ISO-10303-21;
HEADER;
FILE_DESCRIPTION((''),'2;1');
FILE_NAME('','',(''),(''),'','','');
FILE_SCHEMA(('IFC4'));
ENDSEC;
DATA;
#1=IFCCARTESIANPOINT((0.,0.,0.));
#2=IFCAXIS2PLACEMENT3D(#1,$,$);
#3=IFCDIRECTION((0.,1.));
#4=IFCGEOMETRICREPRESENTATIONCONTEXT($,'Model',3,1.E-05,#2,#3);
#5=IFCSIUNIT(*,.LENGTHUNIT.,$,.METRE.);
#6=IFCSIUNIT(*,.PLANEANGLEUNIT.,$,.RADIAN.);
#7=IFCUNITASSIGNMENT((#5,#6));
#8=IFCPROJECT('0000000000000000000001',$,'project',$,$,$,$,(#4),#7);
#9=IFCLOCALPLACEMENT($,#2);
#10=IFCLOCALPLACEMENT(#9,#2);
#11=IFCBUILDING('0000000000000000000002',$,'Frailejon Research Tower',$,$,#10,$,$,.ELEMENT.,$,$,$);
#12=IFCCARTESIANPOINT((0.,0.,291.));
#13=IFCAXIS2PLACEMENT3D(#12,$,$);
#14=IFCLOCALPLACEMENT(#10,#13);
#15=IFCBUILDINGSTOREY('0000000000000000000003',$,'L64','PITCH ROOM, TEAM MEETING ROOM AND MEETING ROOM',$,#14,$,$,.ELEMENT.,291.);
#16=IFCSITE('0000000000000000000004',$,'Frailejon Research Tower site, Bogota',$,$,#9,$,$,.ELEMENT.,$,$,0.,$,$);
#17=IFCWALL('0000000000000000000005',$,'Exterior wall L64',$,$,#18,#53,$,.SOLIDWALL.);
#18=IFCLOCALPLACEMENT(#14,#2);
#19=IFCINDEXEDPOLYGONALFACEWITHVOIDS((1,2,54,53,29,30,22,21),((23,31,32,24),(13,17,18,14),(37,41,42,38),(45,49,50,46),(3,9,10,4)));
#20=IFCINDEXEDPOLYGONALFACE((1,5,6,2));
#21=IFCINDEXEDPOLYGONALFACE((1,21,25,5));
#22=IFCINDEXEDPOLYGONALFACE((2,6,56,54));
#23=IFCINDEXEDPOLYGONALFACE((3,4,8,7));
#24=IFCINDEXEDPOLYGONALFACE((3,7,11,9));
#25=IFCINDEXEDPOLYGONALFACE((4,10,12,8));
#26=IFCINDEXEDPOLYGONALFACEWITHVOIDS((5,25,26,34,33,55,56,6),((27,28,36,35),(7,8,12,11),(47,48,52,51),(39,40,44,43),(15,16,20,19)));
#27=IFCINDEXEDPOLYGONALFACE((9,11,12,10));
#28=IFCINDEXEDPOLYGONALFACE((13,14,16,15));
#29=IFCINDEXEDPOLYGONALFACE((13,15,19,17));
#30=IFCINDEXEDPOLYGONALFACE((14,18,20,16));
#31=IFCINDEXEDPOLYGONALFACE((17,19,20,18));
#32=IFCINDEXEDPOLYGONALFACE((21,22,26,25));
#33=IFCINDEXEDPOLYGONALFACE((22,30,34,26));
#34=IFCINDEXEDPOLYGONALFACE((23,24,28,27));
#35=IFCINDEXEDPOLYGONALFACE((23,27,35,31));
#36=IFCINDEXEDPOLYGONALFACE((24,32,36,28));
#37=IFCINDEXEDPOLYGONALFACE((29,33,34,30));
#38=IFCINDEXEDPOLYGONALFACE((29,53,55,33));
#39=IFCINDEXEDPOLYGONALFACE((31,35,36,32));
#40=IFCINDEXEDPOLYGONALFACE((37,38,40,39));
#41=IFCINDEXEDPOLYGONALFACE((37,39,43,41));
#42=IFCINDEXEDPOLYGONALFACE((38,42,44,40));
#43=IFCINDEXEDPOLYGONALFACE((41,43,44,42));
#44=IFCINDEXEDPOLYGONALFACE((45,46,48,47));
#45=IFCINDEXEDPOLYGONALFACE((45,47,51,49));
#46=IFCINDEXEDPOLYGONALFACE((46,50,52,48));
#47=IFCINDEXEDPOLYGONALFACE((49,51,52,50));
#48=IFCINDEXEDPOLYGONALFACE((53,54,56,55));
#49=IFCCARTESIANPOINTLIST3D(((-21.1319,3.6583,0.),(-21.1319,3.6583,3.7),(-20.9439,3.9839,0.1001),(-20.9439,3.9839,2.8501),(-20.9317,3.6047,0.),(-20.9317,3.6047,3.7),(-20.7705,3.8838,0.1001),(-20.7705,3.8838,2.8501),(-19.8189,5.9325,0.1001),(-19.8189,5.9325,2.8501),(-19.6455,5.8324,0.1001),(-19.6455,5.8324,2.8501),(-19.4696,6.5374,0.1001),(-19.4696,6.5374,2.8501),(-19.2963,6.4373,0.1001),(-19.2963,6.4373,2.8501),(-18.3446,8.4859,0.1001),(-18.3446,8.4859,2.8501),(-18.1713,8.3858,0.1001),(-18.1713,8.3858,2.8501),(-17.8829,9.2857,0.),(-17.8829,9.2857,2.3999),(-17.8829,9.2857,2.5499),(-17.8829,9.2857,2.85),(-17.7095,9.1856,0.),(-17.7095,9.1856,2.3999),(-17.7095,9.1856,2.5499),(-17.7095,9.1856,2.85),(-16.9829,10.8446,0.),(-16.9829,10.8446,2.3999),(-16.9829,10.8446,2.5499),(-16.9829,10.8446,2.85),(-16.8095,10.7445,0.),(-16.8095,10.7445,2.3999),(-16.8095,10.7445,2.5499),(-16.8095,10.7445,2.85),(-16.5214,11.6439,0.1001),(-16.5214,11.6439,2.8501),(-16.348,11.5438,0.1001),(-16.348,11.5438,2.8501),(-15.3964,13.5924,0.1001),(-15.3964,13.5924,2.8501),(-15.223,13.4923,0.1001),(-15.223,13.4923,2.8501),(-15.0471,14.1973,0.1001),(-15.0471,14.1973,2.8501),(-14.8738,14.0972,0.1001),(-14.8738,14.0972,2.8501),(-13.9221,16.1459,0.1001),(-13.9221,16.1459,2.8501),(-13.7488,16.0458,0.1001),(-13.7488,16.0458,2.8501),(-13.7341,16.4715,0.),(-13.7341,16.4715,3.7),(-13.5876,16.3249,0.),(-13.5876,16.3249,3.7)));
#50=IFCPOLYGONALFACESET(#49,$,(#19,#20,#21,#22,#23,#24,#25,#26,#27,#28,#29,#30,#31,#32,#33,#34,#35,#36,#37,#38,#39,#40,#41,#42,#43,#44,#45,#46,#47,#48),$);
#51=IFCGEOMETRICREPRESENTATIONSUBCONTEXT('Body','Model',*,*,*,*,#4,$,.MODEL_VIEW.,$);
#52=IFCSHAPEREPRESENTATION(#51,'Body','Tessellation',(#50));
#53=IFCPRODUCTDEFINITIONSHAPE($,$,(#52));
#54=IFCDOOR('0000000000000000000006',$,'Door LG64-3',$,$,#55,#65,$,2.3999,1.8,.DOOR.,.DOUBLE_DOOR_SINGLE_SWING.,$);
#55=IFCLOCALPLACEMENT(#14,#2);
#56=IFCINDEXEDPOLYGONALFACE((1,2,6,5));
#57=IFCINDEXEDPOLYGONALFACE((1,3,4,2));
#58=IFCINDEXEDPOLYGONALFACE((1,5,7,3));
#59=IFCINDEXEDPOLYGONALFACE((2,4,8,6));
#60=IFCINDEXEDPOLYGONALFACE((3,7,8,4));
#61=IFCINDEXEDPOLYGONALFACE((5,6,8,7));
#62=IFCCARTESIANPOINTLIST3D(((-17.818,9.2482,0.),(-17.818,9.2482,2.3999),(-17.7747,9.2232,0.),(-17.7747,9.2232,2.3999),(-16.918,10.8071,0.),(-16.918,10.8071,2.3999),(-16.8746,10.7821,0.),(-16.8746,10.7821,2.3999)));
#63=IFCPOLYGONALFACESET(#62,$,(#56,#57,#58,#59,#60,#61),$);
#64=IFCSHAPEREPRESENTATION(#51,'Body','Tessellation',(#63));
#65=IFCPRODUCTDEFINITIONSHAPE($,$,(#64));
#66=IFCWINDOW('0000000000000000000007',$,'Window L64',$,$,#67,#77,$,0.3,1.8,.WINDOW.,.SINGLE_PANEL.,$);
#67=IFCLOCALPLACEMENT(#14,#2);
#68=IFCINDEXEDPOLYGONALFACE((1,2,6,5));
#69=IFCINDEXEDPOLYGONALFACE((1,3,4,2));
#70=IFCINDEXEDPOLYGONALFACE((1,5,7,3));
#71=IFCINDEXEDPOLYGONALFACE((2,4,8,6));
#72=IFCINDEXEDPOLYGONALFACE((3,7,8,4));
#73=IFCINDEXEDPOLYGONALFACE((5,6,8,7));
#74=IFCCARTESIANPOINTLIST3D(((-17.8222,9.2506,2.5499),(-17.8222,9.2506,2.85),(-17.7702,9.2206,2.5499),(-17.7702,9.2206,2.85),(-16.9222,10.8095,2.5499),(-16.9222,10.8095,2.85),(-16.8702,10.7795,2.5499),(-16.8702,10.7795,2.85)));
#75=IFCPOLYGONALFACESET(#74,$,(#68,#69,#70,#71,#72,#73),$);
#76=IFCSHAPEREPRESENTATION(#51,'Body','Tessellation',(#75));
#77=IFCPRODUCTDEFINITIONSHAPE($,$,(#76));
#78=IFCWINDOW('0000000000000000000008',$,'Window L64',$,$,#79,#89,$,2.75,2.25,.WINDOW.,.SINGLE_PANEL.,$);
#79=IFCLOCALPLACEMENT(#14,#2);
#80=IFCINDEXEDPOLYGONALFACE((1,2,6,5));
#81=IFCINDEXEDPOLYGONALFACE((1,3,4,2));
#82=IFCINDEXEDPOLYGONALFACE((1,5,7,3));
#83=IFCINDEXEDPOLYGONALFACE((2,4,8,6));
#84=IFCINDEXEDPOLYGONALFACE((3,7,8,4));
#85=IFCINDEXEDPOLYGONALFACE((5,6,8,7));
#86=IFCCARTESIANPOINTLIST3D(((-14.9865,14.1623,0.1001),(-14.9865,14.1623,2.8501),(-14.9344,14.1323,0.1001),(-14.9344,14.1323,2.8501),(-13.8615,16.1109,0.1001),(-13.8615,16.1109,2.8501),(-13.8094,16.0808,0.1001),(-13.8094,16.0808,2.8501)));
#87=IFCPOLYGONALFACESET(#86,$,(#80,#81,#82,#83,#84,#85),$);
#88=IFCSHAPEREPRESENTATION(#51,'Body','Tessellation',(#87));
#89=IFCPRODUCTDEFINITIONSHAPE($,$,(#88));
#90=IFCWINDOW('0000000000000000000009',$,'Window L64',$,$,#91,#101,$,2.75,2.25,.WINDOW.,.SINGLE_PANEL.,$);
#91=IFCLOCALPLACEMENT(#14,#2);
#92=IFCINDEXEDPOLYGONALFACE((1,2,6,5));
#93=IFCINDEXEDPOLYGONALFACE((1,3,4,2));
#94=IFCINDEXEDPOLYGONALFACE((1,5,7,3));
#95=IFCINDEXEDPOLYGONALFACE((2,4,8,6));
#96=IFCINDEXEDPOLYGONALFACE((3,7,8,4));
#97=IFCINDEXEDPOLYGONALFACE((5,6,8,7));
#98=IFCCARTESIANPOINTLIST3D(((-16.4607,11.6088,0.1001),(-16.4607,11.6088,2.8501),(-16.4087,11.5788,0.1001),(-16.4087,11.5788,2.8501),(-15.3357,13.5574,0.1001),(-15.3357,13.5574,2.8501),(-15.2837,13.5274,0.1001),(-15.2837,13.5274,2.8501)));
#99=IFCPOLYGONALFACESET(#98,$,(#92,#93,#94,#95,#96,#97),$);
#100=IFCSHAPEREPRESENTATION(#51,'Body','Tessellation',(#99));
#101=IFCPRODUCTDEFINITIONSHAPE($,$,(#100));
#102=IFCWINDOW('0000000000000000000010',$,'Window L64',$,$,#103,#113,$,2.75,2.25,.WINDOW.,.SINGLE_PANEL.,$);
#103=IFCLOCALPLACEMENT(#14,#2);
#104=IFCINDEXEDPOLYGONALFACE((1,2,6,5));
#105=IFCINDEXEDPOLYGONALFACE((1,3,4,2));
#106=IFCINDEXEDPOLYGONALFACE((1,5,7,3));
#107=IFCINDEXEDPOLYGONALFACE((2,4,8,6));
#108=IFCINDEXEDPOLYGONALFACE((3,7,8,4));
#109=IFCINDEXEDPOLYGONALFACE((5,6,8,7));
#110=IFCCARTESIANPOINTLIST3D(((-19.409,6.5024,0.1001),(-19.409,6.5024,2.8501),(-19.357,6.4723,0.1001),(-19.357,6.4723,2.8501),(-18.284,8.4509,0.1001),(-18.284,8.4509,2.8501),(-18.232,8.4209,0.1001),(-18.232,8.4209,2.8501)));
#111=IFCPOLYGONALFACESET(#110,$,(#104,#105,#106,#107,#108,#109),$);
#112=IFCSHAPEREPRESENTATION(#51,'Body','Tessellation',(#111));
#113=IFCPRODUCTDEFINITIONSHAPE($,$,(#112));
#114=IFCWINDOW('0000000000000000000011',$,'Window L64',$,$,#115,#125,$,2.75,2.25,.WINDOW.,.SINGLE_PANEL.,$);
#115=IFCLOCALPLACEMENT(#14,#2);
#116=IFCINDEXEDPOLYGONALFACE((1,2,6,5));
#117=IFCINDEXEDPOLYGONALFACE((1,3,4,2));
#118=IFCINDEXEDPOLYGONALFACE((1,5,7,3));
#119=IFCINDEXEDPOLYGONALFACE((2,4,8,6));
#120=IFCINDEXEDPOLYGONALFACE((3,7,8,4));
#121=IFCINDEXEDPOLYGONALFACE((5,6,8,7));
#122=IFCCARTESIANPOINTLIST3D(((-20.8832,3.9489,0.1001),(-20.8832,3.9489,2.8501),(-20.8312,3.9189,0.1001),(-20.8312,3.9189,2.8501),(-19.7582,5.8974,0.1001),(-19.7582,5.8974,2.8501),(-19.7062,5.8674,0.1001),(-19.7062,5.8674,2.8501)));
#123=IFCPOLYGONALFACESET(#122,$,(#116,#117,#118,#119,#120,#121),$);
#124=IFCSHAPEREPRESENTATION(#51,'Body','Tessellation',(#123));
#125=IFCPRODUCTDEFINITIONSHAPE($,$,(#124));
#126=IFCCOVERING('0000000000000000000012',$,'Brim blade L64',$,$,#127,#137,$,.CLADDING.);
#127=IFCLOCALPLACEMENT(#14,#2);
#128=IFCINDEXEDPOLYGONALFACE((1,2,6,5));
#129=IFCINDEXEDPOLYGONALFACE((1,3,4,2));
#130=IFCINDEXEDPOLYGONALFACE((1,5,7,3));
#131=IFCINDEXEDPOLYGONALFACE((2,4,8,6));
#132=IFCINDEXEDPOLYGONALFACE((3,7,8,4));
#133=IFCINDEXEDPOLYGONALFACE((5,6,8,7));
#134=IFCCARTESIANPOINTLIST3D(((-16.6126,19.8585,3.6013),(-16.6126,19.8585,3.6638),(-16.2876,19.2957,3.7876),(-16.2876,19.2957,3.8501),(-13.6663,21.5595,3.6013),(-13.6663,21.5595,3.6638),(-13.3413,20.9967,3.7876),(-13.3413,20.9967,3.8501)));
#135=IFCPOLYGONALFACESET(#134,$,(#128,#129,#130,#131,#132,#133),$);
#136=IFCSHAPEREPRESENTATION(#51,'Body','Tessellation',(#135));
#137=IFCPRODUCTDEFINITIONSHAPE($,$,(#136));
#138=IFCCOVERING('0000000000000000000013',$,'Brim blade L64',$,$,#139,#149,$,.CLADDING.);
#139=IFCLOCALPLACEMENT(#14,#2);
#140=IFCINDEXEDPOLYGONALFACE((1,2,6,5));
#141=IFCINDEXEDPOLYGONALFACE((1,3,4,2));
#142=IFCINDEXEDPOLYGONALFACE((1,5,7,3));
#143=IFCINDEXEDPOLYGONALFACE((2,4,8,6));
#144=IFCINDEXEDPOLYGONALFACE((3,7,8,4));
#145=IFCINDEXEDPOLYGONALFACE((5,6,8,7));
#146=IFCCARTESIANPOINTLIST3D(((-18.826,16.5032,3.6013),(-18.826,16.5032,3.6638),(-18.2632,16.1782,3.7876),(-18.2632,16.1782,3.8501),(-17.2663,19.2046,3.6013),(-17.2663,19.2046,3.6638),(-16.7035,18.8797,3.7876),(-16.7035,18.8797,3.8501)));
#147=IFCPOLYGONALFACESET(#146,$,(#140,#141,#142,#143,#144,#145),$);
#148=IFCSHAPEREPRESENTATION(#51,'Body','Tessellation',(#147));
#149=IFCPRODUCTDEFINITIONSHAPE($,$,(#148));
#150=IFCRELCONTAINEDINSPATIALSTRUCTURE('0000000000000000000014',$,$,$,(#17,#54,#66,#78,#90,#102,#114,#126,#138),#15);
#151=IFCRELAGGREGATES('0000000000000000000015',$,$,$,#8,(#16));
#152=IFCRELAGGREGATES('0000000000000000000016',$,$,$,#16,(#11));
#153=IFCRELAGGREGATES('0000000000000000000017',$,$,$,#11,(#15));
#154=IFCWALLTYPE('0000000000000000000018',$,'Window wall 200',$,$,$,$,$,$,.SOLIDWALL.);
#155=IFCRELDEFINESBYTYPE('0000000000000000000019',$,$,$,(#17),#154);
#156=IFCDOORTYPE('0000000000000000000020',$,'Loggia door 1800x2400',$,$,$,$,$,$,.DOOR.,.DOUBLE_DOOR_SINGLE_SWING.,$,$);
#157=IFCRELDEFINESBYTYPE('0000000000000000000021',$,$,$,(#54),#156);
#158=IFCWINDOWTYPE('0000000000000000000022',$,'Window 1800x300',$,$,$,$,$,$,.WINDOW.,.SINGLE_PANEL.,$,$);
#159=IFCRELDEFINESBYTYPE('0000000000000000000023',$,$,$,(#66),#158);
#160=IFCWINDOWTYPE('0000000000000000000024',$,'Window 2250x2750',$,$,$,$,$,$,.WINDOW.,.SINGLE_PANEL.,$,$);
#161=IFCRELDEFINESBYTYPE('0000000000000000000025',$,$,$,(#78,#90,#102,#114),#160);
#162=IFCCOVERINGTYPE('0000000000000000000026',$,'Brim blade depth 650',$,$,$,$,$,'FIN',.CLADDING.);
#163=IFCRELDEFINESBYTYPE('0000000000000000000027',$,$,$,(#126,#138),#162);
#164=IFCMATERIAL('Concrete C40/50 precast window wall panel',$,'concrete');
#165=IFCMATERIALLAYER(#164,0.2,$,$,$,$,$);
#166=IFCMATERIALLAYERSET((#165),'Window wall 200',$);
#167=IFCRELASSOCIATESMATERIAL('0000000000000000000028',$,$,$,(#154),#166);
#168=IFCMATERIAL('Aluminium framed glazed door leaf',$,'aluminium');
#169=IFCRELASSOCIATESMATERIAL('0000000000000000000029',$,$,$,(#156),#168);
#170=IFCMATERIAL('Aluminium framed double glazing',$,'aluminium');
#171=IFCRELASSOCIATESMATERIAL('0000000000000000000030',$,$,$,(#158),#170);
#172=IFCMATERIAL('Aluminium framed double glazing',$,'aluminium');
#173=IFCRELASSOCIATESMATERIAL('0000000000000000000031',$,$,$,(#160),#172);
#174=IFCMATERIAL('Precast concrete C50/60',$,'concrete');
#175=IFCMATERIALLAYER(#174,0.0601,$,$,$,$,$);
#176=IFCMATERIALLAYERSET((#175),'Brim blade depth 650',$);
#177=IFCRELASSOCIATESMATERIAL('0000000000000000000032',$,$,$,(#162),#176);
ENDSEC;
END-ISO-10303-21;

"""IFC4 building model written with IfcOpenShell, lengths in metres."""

from ifc_helpers import new_model, si_unit, direction, frame, frame_2d, origin, place, context, subcontext, project, spatial, polyline, rectangle, outline, extrude, material, layer, layer_set, type_object, element, fill, save


model = new_model("IFC4")

# Units and contexts
model_context = context("Model", 3, precision=1e-05, world=origin(), true_north=direction((0.0, 1.0)))
body_context = subcontext(model_context, "Body", "Model", "MODEL_VIEW")
ifc_project = project(units=[si_unit("LENGTHUNIT", "METRE"), si_unit("PLANEANGLEUNIT", "RADIAN")], contexts=[model_context])

# Site, building, storey
site_placement = place(None, origin())
site = spatial("IfcSite", under=ifc_project, at=site_placement, Name="Frailejon Research Tower site, Bogota", CompositionType="ELEMENT", RefElevation=0.0)
building_placement = place(site_placement, origin())
building = spatial("IfcBuilding", under=site, at=building_placement, Name="Frailejon Research Tower", CompositionType="ELEMENT")
storey_placement = place(building_placement, frame((0.0, 0.0, 291.0)))
storey = spatial("IfcBuildingStorey", under=building, at=storey_placement, Name="L64", Description="PITCH ROOM, TEAM MEETING ROOM AND MEETING ROOM", CompositionType="ELEMENT", Elevation=291.0)

# Wall, openings, door, windows
ifc_material_1 = material(Name="Concrete C40/50 precast window wall panel", Category="concrete")
ifc_layer_1 = layer(ifc_material_1, 0.2)
ifc_layer_set_1 = layer_set([ifc_layer_1], Name="Window wall 200")
wall_type_1 = type_object("IfcWallType", Name="Window wall 200", PredefinedType="SOLIDWALL", material=ifc_layer_set_1)
wall_1_placement = place(storey_placement, frame((-13.6609, 16.3982, 0.0), z_axis=(0.0, 0.0, 1.0), x_axis=(-0.500002, -0.866024, 0.0)))
wall_1 = element("IfcWall", 1, at=wall_1_placement, inside=storey, type_object=wall_type_1, Name="Exterior wall L64", PredefinedType="SOLIDWALL", context=body_context, shape_type="SweptSolid", body=[
    extrude(outline(polyline([(-0.0269, -0.1001), (1.03, -0.1001), (2.0867, -0.1001), (3.1436, -0.1001), (4.2004, -0.1001), (5.2573, -0.1001), (6.314, -0.1001), (7.3708, -0.1001), (8.4277, -0.1001), (9.4844, -0.1001), (10.5413, -0.1001), (11.5981, -0.1001), (12.655, -0.1001), (13.7117, -0.1001), (14.7686, -0.1001), (14.7148, 0.1001), (13.6658, 0.1001), (12.6165, 0.1001), (11.5674, 0.1001), (10.5183, 0.1001), (9.4692, 0.1001), (8.4199, 0.1001), (7.3708, 0.1001), (6.3218, 0.1001), (5.2725, 0.1001), (4.2234, 0.1001), (3.1743, 0.1001), (2.1252, 0.1001), (1.0759, 0.1001), (0.0269, 0.1001), (-0.0269, -0.1001)])), origin(), (0.0, 0.0, 1.0), 3.7),
])
opening_1_placement = place(wall_1_placement, frame((0.3491, 0.0, 0.1001)))
opening_1 = element("IfcOpeningElement", 2, at=opening_1_placement, cuts=wall_1, PredefinedType="OPENING", context=body_context, shape_type="SweptSolid", body=[
    extrude(rectangle(XDim=2.25, YDim=2.75, at=frame_2d((1.125, 1.375))), frame((0.0, 0.1099, 0.0), z_axis=(0.0, -1.0, 0.0), x_axis=(1.0, 0.0, 0.0)), (0.0, 0.0, 1.0), 0.22),
])
opening_2_placement = place(wall_1_placement, frame((3.2976, 0.0, 0.1001)))
opening_2 = element("IfcOpeningElement", 3, at=opening_2_placement, cuts=wall_1, PredefinedType="OPENING", context=body_context, shape_type="SweptSolid", body=[
    extrude(rectangle(XDim=2.25, YDim=2.75, at=frame_2d((1.125, 1.375))), frame((0.0, 0.1099, 0.0), z_axis=(0.0, -1.0, 0.0), x_axis=(1.0, 0.0, 0.0)), (0.0, 0.0, 1.0), 0.22),
])
opening_3_placement = place(wall_1_placement, frame((6.4707, 0.0, 0.0)))
opening_3 = element("IfcOpeningElement", 4, at=opening_3_placement, cuts=wall_1, PredefinedType="OPENING", context=body_context, shape_type="SweptSolid", body=[
    extrude(rectangle(XDim=1.8, YDim=2.3999, at=frame_2d((0.8999, 1.2))), frame((0.0, 0.1099, 0.0), z_axis=(0.0, -1.0, 0.0), x_axis=(1.0, 0.0, 0.0)), (0.0, 0.0, 1.0), 0.22),
])
opening_4_placement = place(wall_1_placement, frame((6.4707, 0.0, 2.55)))
opening_4 = element("IfcOpeningElement", 5, at=opening_4_placement, cuts=wall_1, PredefinedType="OPENING", context=body_context, shape_type="SweptSolid", body=[
    extrude(rectangle(XDim=1.8, YDim=0.3, at=frame_2d((0.8999, 0.1499))), frame((0.0, 0.1099, 0.0), z_axis=(0.0, -1.0, 0.0), x_axis=(1.0, 0.0, 0.0)), (0.0, 0.0, 1.0), 0.22),
])
opening_5_placement = place(wall_1_placement, frame((9.1941, 0.0, 0.1001)))
opening_5 = element("IfcOpeningElement", 6, at=opening_5_placement, cuts=wall_1, PredefinedType="OPENING", context=body_context, shape_type="SweptSolid", body=[
    extrude(rectangle(XDim=2.25, YDim=2.75, at=frame_2d((1.125, 1.375))), frame((0.0, 0.1099, 0.0), z_axis=(0.0, -1.0, 0.0), x_axis=(1.0, 0.0, 0.0)), (0.0, 0.0, 1.0), 0.22),
])
opening_6_placement = place(wall_1_placement, frame((12.1426, 0.0, 0.1001)))
opening_6 = element("IfcOpeningElement", 7, at=opening_6_placement, cuts=wall_1, PredefinedType="OPENING", context=body_context, shape_type="SweptSolid", body=[
    extrude(rectangle(XDim=2.25, YDim=2.75, at=frame_2d((1.125, 1.375))), frame((0.0, 0.1099, 0.0), z_axis=(0.0, -1.0, 0.0), x_axis=(1.0, 0.0, 0.0)), (0.0, 0.0, 1.0), 0.22),
])
ifc_material_2 = material(Name="Aluminium framed glazed door leaf", Category="aluminium")
door_type_1 = type_object("IfcDoorType", Name="Loggia door 1800x2400", OperationType="DOUBLE_DOOR_SINGLE_SWING", PredefinedType="DOOR", material=ifc_material_2)
door_1_placement = place(opening_3_placement, origin())
door_1 = element("IfcDoor", 8, at=door_1_placement, inside=storey, type_object=door_type_1, Name="Door LG64-3", OperationType="DOUBLE_DOOR_SINGLE_SWING", OverallHeight=2.3999, OverallWidth=1.8, PredefinedType="DOOR", context=body_context, shape_type="SweptSolid", body=[
    extrude(rectangle(XDim=1.8, YDim=2.3999, at=frame_2d((0.8999, 1.2))), frame((0.0, 0.0249, 0.0), z_axis=(0.0, -1.0, 0.0), x_axis=(1.0, 0.0, 0.0)), (0.0, 0.0, 1.0), 0.05),
])
fill(opening_3, door_1)
ifc_material_3 = material(Name="Aluminium framed double glazing", Category="aluminium")
window_type_1 = type_object("IfcWindowType", Name="Window 1800x300", PartitioningType="SINGLE_PANEL", PredefinedType="WINDOW", material=ifc_material_3)
window_1_placement = place(opening_4_placement, origin())
window_1 = element("IfcWindow", 9, at=window_1_placement, inside=storey, type_object=window_type_1, Name="Window L64", OverallHeight=0.3, OverallWidth=1.8, PartitioningType="SINGLE_PANEL", PredefinedType="WINDOW", context=body_context, shape_type="SweptSolid", body=[
    extrude(rectangle(XDim=1.8, YDim=0.3, at=frame_2d((0.8999, 0.1499))), frame((0.0, 0.03, 0.0), z_axis=(0.0, -1.0, 0.0), x_axis=(1.0, 0.0, 0.0)), (0.0, 0.0, 1.0), 0.0601),
])
fill(opening_4, window_1)
ifc_material_4 = material(Name="Aluminium framed double glazing", Category="aluminium")
window_type_2 = type_object("IfcWindowType", Name="Window 2250x2750", PartitioningType="SINGLE_PANEL", PredefinedType="WINDOW", material=ifc_material_4)
window_2_placement = place(opening_1_placement, origin())
window_2 = element("IfcWindow", 10, at=window_2_placement, inside=storey, type_object=window_type_2, Name="Window L64", OverallHeight=2.75, OverallWidth=2.25, PartitioningType="SINGLE_PANEL", PredefinedType="WINDOW", context=body_context, shape_type="SweptSolid", body=[
    extrude(rectangle(XDim=2.25, YDim=2.75, at=frame_2d((1.125, 1.375))), frame((0.0, 0.03, 0.0), z_axis=(0.0, -1.0, 0.0), x_axis=(1.0, 0.0, 0.0)), (0.0, 0.0, 1.0), 0.0601),
])
fill(opening_1, window_2)
window_3_placement = place(opening_2_placement, origin())
window_3 = element("IfcWindow", 11, at=window_3_placement, inside=storey, type_object=window_type_2, Name="Window L64", OverallHeight=2.75, OverallWidth=2.25, PartitioningType="SINGLE_PANEL", PredefinedType="WINDOW", context=body_context, shape_type="SweptSolid", body=[
    extrude(rectangle(XDim=2.25, YDim=2.75, at=frame_2d((1.125, 1.375))), frame((0.0, 0.03, 0.0), z_axis=(0.0, -1.0, 0.0), x_axis=(1.0, 0.0, 0.0)), (0.0, 0.0, 1.0), 0.0601),
])
fill(opening_2, window_3)
window_4_placement = place(opening_5_placement, origin())
window_4 = element("IfcWindow", 12, at=window_4_placement, inside=storey, type_object=window_type_2, Name="Window L64", OverallHeight=2.75, OverallWidth=2.25, PartitioningType="SINGLE_PANEL", PredefinedType="WINDOW", context=body_context, shape_type="SweptSolid", body=[
    extrude(rectangle(XDim=2.25, YDim=2.75, at=frame_2d((1.125, 1.375))), frame((0.0, 0.03, 0.0), z_axis=(0.0, -1.0, 0.0), x_axis=(1.0, 0.0, 0.0)), (0.0, 0.0, 1.0), 0.0601),
])
fill(opening_5, window_4)
window_5_placement = place(opening_6_placement, origin())
window_5 = element("IfcWindow", 13, at=window_5_placement, inside=storey, type_object=window_type_2, Name="Window L64", OverallHeight=2.75, OverallWidth=2.25, PartitioningType="SINGLE_PANEL", PredefinedType="WINDOW", context=body_context, shape_type="SweptSolid", body=[
    extrude(rectangle(XDim=2.25, YDim=2.75, at=frame_2d((1.125, 1.375))), frame((0.0, 0.03, 0.0), z_axis=(0.0, -1.0, 0.0), x_axis=(1.0, 0.0, 0.0)), (0.0, 0.0, 1.0), 0.0601),
])
fill(opening_6, window_5)

# Coverings
ifc_material_5 = material(Name="Precast concrete C50/60", Category="concrete")
ifc_layer_2 = layer(ifc_material_5, 0.0601)
ifc_layer_set_2 = layer_set([ifc_layer_2], Name="Brim blade depth 650")
covering_type_1 = type_object("IfcCoveringType", Name="Brim blade depth 650", ElementType="FIN", PredefinedType="CLADDING", material=ifc_layer_set_2)
covering_1_placement = place(storey_placement, frame((-16.2876, 19.2957, 3.8501), z_axis=(0.866024, 0.500003, 0.0), x_axis=(-0.500003, 0.866024, 0.0)))
element("IfcCovering", 14, at=covering_1_placement, inside=storey, type_object=covering_type_1, Name="Brim blade L64", PredefinedType="CLADDING", context=body_context, shape_type="SweptSolid", body=[
    extrude(outline(polyline([(0.0, -0.0625), (0.6499, -0.2488), (0.6499, -0.1863), (0.0, 0.0), (0.0, -0.0625)])), origin(), (0.0, 0.0, 1.0), 3.4021),
])
covering_2_placement = place(storey_placement, frame((-18.2632, 16.1782, 3.8501), z_axis=(0.500011, 0.866019, 0.0), x_axis=(-0.866019, 0.500011, 0.0)))
element("IfcCovering", 15, at=covering_2_placement, inside=storey, type_object=covering_type_1, Name="Brim blade L64", PredefinedType="CLADDING", context=body_context, shape_type="SweptSolid", body=[
    extrude(outline(polyline([(0.0, -0.0625), (0.6499, -0.2488), (0.6499, -0.1863), (0.0, 0.0), (0.0, -0.0625)])), origin(), (0.0, 0.0, 1.0), 3.1194),
])

save(model, "model.ifc")
